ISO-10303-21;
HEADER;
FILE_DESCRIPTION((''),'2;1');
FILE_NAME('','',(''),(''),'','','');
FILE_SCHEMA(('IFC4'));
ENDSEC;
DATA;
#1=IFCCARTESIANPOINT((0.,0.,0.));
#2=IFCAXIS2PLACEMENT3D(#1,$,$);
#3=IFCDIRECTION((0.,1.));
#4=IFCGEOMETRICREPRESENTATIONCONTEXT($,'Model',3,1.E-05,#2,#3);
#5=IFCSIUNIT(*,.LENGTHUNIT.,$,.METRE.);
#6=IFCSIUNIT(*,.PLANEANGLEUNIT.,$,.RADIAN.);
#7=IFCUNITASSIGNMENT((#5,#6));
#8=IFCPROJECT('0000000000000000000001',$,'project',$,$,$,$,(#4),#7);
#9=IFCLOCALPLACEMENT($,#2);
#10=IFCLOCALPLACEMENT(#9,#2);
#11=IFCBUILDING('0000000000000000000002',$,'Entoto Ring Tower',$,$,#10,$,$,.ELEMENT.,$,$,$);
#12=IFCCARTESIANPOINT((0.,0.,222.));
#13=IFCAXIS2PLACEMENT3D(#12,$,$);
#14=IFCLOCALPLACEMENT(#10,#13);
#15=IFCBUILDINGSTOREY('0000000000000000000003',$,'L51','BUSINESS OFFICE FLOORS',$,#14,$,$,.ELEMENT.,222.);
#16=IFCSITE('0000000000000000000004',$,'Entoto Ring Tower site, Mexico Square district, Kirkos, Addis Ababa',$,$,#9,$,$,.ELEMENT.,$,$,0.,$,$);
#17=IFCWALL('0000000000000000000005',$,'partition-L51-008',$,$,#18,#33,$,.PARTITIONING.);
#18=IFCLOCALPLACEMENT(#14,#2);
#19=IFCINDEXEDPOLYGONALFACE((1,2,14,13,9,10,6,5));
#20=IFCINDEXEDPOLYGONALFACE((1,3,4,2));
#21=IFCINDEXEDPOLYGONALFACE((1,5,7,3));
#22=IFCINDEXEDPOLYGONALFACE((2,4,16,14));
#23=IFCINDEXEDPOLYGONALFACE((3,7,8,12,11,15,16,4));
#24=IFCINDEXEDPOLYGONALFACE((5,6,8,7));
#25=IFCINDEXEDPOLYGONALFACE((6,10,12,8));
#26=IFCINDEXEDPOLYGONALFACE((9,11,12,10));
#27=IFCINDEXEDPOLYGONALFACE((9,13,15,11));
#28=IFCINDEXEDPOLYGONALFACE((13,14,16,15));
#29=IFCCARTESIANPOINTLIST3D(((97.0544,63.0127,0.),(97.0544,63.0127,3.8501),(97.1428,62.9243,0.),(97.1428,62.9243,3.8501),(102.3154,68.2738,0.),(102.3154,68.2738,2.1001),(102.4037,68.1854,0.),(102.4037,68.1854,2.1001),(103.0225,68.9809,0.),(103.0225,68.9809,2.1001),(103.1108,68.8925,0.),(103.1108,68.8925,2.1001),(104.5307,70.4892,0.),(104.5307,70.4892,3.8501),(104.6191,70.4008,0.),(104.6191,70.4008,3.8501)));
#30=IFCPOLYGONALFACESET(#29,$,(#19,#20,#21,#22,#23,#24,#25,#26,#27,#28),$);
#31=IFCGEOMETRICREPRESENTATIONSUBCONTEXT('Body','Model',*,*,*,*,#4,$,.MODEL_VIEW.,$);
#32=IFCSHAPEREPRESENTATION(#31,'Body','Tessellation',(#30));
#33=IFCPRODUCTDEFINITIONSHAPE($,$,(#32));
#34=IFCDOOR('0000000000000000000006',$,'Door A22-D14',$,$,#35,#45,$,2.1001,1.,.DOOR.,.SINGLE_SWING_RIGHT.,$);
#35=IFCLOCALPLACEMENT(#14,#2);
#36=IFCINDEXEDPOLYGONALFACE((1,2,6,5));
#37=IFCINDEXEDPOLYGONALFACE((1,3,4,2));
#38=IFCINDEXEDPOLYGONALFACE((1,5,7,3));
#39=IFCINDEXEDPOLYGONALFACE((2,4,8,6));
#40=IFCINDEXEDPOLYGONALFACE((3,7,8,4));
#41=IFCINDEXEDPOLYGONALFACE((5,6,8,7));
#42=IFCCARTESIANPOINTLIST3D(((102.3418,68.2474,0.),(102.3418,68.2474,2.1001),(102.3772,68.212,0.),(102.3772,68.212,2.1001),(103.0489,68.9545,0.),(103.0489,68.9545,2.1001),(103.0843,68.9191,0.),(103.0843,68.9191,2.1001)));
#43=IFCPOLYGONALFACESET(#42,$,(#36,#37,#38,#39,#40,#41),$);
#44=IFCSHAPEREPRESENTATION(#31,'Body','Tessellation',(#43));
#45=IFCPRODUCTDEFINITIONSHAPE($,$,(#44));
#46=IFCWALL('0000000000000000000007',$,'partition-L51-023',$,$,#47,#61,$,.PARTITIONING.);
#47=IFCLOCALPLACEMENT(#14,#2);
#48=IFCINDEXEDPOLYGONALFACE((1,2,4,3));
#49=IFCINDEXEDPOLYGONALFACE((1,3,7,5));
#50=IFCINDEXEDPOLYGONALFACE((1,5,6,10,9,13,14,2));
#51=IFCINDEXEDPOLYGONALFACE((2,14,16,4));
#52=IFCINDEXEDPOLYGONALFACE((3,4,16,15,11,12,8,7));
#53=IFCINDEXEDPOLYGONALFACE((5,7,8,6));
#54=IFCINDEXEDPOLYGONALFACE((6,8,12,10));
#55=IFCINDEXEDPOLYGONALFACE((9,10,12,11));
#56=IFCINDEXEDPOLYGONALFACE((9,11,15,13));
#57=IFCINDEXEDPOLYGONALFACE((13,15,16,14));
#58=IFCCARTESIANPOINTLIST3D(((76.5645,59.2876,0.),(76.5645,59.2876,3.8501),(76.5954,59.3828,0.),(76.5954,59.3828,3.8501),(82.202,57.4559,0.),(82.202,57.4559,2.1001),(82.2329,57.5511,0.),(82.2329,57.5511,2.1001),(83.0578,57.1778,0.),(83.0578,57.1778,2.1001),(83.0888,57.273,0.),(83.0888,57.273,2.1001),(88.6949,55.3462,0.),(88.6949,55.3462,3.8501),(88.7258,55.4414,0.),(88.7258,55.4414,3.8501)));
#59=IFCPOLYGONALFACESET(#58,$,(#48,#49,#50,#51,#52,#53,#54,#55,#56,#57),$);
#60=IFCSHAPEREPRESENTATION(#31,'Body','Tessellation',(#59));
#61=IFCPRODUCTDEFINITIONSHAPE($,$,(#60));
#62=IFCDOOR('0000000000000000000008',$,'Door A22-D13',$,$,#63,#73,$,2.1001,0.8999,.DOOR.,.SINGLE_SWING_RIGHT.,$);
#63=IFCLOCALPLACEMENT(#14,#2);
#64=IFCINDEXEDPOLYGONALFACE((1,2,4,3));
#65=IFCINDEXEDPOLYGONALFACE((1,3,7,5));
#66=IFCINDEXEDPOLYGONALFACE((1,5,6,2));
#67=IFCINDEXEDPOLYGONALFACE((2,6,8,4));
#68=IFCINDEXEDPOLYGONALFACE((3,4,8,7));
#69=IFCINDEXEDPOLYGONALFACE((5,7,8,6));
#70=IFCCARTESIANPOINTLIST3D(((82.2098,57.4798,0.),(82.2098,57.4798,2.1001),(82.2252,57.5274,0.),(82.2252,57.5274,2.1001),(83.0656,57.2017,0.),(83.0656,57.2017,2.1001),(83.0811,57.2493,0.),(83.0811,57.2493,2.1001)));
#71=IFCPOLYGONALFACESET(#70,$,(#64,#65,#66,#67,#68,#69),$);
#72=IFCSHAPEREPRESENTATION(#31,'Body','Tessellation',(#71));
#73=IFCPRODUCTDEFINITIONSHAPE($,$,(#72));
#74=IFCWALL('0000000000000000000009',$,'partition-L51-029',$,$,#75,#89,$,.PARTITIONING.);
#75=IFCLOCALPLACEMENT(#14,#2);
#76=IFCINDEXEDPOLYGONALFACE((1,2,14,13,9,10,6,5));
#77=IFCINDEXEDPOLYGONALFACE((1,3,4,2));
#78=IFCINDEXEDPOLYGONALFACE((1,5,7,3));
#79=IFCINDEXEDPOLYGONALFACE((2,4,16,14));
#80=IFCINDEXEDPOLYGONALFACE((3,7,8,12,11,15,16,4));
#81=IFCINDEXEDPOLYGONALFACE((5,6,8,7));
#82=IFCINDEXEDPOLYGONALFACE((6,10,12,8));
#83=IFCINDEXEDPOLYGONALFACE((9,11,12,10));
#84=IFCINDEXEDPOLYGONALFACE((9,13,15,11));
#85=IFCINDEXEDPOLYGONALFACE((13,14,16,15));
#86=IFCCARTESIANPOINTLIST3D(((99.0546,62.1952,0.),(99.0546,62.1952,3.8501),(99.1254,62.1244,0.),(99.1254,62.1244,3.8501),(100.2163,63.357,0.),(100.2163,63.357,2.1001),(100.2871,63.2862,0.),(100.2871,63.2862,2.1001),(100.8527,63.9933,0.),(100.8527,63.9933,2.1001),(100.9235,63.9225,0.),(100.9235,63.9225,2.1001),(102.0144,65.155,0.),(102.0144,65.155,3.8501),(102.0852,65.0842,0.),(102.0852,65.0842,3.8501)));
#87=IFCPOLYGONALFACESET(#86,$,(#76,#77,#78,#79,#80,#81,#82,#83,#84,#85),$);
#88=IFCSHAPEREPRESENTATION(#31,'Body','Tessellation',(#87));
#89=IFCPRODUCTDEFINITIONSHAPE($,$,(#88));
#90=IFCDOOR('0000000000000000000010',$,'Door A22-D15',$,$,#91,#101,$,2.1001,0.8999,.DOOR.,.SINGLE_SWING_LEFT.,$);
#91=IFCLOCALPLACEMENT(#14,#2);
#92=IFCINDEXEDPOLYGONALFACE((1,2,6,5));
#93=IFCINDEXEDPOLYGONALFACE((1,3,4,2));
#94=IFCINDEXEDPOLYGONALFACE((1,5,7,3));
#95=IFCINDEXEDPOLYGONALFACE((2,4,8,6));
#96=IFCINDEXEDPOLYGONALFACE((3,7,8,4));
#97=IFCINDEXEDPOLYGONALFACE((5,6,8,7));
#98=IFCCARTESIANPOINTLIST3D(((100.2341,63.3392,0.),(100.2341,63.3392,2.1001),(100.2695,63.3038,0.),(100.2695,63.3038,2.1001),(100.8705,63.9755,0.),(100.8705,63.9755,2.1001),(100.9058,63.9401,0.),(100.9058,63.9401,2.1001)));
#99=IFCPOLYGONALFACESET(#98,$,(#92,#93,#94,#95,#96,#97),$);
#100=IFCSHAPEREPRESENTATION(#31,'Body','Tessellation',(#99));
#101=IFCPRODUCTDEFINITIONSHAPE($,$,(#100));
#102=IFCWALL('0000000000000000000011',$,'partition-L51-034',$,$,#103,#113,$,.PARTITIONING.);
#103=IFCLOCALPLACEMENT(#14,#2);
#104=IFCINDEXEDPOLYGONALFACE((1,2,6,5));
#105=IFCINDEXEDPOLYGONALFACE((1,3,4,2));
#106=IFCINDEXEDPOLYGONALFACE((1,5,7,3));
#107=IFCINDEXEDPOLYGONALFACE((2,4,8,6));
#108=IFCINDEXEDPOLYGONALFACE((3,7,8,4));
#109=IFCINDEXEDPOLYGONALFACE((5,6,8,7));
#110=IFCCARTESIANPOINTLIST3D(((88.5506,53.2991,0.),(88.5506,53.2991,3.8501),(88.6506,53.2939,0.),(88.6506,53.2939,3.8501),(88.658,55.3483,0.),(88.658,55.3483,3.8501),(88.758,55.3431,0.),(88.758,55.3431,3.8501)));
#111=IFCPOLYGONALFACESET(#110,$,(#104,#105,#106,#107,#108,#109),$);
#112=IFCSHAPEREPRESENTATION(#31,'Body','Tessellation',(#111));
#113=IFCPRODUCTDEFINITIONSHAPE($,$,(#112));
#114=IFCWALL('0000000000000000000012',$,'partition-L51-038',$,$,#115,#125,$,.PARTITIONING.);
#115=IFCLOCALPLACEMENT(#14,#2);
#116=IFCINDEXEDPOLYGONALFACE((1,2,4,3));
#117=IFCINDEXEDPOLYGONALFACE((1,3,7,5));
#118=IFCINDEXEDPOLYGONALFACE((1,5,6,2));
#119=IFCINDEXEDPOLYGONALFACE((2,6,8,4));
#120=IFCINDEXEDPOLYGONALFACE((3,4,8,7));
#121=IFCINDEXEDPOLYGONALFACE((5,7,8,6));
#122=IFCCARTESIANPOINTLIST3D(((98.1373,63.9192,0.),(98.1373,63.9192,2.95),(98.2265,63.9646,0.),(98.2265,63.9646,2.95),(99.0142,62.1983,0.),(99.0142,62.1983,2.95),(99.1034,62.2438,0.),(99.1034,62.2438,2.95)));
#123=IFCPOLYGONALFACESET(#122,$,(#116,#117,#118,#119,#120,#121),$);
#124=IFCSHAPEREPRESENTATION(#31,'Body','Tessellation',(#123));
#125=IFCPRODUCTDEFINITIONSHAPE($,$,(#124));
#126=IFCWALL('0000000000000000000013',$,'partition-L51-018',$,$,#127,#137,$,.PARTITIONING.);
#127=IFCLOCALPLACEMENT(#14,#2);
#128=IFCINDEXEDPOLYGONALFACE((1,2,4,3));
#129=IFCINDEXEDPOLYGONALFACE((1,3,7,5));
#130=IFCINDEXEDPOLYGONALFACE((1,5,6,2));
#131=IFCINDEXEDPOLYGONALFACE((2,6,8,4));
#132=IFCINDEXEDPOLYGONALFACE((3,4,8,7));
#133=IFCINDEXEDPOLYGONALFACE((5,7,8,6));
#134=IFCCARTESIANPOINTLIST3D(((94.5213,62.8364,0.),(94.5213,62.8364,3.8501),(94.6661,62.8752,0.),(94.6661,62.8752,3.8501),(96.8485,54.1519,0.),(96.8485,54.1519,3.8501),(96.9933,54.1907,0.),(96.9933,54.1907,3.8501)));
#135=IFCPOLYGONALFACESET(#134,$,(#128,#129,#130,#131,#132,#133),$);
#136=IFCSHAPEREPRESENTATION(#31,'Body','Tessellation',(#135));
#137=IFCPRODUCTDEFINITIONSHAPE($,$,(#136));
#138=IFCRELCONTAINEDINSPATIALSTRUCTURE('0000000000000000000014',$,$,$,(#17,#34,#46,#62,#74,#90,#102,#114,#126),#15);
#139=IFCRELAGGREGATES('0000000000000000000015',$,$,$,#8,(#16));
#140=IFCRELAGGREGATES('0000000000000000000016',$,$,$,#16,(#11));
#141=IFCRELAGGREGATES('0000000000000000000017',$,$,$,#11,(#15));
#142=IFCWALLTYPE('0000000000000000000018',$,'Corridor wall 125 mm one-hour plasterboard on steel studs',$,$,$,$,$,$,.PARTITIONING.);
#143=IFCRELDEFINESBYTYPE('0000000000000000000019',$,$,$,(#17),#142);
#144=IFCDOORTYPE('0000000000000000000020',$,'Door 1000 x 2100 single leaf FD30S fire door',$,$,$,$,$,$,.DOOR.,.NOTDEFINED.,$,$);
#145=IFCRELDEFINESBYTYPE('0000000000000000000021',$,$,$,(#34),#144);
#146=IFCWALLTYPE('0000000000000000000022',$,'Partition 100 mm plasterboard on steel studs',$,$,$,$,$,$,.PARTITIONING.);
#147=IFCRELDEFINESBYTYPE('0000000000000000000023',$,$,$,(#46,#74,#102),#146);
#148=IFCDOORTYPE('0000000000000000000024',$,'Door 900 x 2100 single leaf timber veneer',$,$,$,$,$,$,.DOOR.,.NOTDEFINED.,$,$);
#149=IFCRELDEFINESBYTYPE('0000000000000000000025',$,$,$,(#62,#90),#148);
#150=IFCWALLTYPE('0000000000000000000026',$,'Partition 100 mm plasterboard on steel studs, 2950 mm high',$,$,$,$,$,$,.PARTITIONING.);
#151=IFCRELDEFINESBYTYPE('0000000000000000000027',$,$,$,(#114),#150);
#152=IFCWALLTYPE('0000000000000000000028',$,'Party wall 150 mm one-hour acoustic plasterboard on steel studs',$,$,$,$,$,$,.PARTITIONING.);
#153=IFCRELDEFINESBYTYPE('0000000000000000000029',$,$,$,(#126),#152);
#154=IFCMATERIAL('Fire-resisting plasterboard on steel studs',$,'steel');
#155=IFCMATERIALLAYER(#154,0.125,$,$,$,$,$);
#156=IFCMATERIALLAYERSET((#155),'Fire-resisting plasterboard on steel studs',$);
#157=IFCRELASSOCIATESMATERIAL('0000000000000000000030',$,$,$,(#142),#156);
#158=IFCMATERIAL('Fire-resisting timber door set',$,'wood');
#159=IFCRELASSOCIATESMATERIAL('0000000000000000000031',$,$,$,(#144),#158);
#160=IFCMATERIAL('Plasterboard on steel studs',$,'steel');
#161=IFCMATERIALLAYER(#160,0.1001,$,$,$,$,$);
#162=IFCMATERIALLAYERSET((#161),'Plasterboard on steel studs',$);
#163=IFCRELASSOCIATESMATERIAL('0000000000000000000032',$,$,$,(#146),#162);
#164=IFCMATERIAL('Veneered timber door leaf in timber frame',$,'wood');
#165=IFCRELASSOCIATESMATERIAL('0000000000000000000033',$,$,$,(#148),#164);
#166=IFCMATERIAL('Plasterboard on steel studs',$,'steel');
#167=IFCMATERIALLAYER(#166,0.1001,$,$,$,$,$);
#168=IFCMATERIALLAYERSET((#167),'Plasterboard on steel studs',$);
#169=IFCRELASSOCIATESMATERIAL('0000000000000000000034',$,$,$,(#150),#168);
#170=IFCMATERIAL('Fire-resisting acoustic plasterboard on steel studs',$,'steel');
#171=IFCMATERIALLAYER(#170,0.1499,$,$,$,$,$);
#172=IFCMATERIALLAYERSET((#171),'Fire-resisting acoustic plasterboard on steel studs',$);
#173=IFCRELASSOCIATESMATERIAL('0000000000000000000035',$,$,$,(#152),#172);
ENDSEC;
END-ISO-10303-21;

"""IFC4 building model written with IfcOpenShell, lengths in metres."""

from ifc_helpers import new_model, si_unit, direction, frame, frame_2d, origin, place, context, subcontext, project, spatial, rectangle, extrude, material, layer, layer_set, type_object, element, fill, save


model = new_model("IFC4")

# Units and contexts
model_context = context("Model", 3, precision=1e-05, world=origin(), true_north=direction((0.0, 1.0)))
body_context = subcontext(model_context, "Body", "Model", "MODEL_VIEW")
ifc_project = project(units=[si_unit("LENGTHUNIT", "METRE"), si_unit("PLANEANGLEUNIT", "RADIAN")], contexts=[model_context])

# Site, building, storey
site_placement = place(None, origin())
site = spatial("IfcSite", under=ifc_project, at=site_placement, Name="Entoto Ring Tower site, Mexico Square district, Kirkos, Addis Ababa", CompositionType="ELEMENT", RefElevation=0.0)
building_placement = place(site_placement, origin())
building = spatial("IfcBuilding", under=site, at=building_placement, Name="Entoto Ring Tower", CompositionType="ELEMENT")
storey_placement = place(building_placement, frame((0.0, 0.0, 222.0)))
storey = spatial("IfcBuildingStorey", under=building, at=storey_placement, Name="L51", Description="BUSINESS OFFICE FLOORS", CompositionType="ELEMENT", Elevation=222.0)

# Walls, openings, doors
ifc_material_1 = material(Name="Fire-resisting plasterboard on steel studs", Category="steel")
ifc_layer_1 = layer(ifc_material_1, 0.125)
ifc_layer_set_1 = layer_set([ifc_layer_1], Name="Fire-resisting plasterboard on steel studs")
wall_type_1 = type_object("IfcWallType", Name="Corridor wall 125 mm one-hour plasterboard on steel studs", PredefinedType="PARTITIONING", material=ifc_layer_set_1)
wall_1_placement = place(storey_placement, frame((97.0986, 62.9685, 0.0), z_axis=(0.0, 0.0, 1.0), x_axis=(0.707095, 0.707118, 0.0)))
wall_1 = element("IfcWall", 1, at=wall_1_placement, inside=storey, type_object=wall_type_1, Name="partition-L51-008", PredefinedType="PARTITIONING", context=body_context, shape_type="SweptSolid", body=[
    extrude(rectangle(XDim=10.5732, YDim=0.125, at=frame_2d((5.2866, 0.0))), origin(), (0.0, 0.0, 1.0), 3.8501),
])
opening_1_placement = place(wall_1_placement, frame((7.4402, 0.0, 0.0)))
opening_1 = element("IfcOpeningElement", 2, at=opening_1_placement, cuts=wall_1, PredefinedType="OPENING", context=body_context, shape_type="SweptSolid", body=[
    extrude(rectangle(XDim=1.0, YDim=2.1001, at=frame_2d((0.5, 1.05))), frame((0.0, 0.0725, 0.0), z_axis=(0.0, -1.0, 0.0), x_axis=(1.0, 0.0, 0.0)), (0.0, 0.0, 1.0), 0.145),
])
ifc_material_2 = material(Name="Fire-resisting timber door set", Category="wood")
door_type_1 = type_object("IfcDoorType", Name="Door 1000 x 2100 single leaf FD30S fire door", OperationType="NOTDEFINED", PredefinedType="DOOR", material=ifc_material_2)
door_1_placement = place(opening_1_placement, frame((1.0, 0.0, 0.0), z_axis=(0.0, 0.0, 1.0), x_axis=(-1.0, 0.0, 0.0)))
door_1 = element("IfcDoor", 3, at=door_1_placement, inside=storey, type_object=door_type_1, Name="Door A22-D14", OperationType="SINGLE_SWING_RIGHT", OverallHeight=2.1001, OverallWidth=1.0, PredefinedType="DOOR", context=body_context, shape_type="SweptSolid", body=[
    extrude(rectangle(XDim=1.0, YDim=2.1001, at=frame_2d((0.5, 1.05))), frame((0.0, 0.0249, 0.0), z_axis=(0.0, -1.0, 0.0), x_axis=(1.0, 0.0, 0.0)), (0.0, 0.0, 1.0), 0.05),
])
fill(opening_1, door_1)
ifc_material_3 = material(Name="Plasterboard on steel studs", Category="steel")
ifc_layer_2 = layer(ifc_material_3, 0.1001)
ifc_layer_set_2 = layer_set([ifc_layer_2], Name="Plasterboard on steel studs")
wall_type_2 = type_object("IfcWallType", Name="Partition 100 mm plasterboard on steel studs", PredefinedType="PARTITIONING", material=ifc_layer_set_2)
wall_2_placement = place(storey_placement, frame((88.7104, 55.3938, 0.0), z_axis=(0.0, 0.0, 1.0), x_axis=(-0.951056, 0.309018, 0.0)))
wall_2 = element("IfcWall", 4, at=wall_2_placement, inside=storey, type_object=wall_type_2, Name="partition-L51-023", PredefinedType="PARTITIONING", context=body_context, shape_type="SweptSolid", body=[
    extrude(rectangle(XDim=12.7546, YDim=0.1001, at=frame_2d((6.3774, 0.0))), origin(), (0.0, 0.0, 1.0), 3.8501),
])
opening_2_placement = place(wall_2_placement, frame((5.9272, 0.0, 0.0)))
opening_2 = element("IfcOpeningElement", 5, at=opening_2_placement, cuts=wall_2, PredefinedType="OPENING", context=body_context, shape_type="SweptSolid", body=[
    extrude(rectangle(XDim=0.8999, YDim=2.1001, at=frame_2d((0.45, 1.05))), frame((0.0, 0.0601, 0.0), z_axis=(0.0, -1.0, 0.0), x_axis=(1.0, 0.0, 0.0)), (0.0, 0.0, 1.0), 0.1201),
])
ifc_material_4 = material(Name="Veneered timber door leaf in timber frame", Category="wood")
door_type_2 = type_object("IfcDoorType", Name="Door 900 x 2100 single leaf timber veneer", OperationType="NOTDEFINED", PredefinedType="DOOR", material=ifc_material_4)
door_2_placement = place(opening_2_placement, origin())
door_2 = element("IfcDoor", 6, at=door_2_placement, inside=storey, type_object=door_type_2, Name="Door A22-D13", OperationType="SINGLE_SWING_RIGHT", OverallHeight=2.1001, OverallWidth=0.8999, PredefinedType="DOOR", context=body_context, shape_type="SweptSolid", body=[
    extrude(rectangle(XDim=0.8999, YDim=2.1001, at=frame_2d((0.45, 1.05))), frame((0.0, 0.0249, 0.0), z_axis=(0.0, -1.0, 0.0), x_axis=(1.0, 0.0, 0.0)), (0.0, 0.0, 1.0), 0.05),
])
fill(opening_2, door_2)
wall_3_placement = place(storey_placement, frame((99.0901, 62.1599, 0.0), z_axis=(0.0, 0.0, 1.0), x_axis=(0.707107, 0.707107, 0.0)))
wall_3 = element("IfcWall", 7, at=wall_3_placement, inside=storey, type_object=wall_type_2, Name="partition-L51-029", PredefinedType="PARTITIONING", context=body_context, shape_type="SweptSolid", body=[
    extrude(rectangle(XDim=4.1858, YDim=0.1001, at=frame_2d((2.0928, 0.0))), origin(), (0.0, 0.0, 1.0), 3.8501),
])
opening_3_placement = place(wall_3_placement, frame((1.6428, 0.0, 0.0)))
opening_3 = element("IfcOpeningElement", 8, at=opening_3_placement, cuts=wall_3, PredefinedType="OPENING", context=body_context, shape_type="SweptSolid", body=[
    extrude(rectangle(XDim=0.8999, YDim=2.1001, at=frame_2d((0.45, 1.05))), frame((0.0, 0.0601, 0.0), z_axis=(0.0, -1.0, 0.0), x_axis=(1.0, 0.0, 0.0)), (0.0, 0.0, 1.0), 0.1201),
])
door_3_placement = place(opening_3_placement, origin())
door_3 = element("IfcDoor", 9, at=door_3_placement, inside=storey, type_object=door_type_2, Name="Door A22-D15", OperationType="SINGLE_SWING_LEFT", OverallHeight=2.1001, OverallWidth=0.8999, PredefinedType="DOOR", context=body_context, shape_type="SweptSolid", body=[
    extrude(rectangle(XDim=0.8999, YDim=2.1001, at=frame_2d((0.45, 1.05))), frame((0.0, 0.0249, 0.0), z_axis=(0.0, -1.0, 0.0), x_axis=(1.0, 0.0, 0.0)), (0.0, 0.0, 1.0), 0.05),
])
fill(opening_3, door_3)

# Walls
wall_4_placement = place(storey_placement, frame((88.6006, 53.2966, 0.0), z_axis=(0.0, 0.0, 1.0), x_axis=(0.052353, 0.998629, 0.0)))
element("IfcWall", 10, at=wall_4_placement, inside=storey, type_object=wall_type_2, Name="partition-L51-034", PredefinedType="PARTITIONING", context=body_context, shape_type="SweptSolid", body=[
    extrude(rectangle(XDim=2.052, YDim=0.1001, at=frame_2d((1.0259, 0.0))), origin(), (0.0, 0.0, 1.0), 3.8501),
])
ifc_material_5 = material(Name="Plasterboard on steel studs", Category="steel")
ifc_layer_3 = layer(ifc_material_5, 0.1001)
ifc_layer_set_3 = layer_set([ifc_layer_3], Name="Plasterboard on steel studs")
wall_type_3 = type_object("IfcWallType", Name="Partition 100 mm plasterboard on steel studs, 2950 mm high", PredefinedType="PARTITIONING", material=ifc_layer_set_3)
wall_5_placement = place(storey_placement, frame((99.0588, 62.2209, 0.0), z_axis=(0.0, 0.0, 1.0), x_axis=(-0.454026, 0.890988, 0.0)))
element("IfcWall", 11, at=wall_5_placement, inside=storey, type_object=wall_type_3, Name="partition-L51-038", PredefinedType="PARTITIONING", context=body_context, shape_type="SweptSolid", body=[
    extrude(rectangle(XDim=1.9314, YDim=0.1001, at=frame_2d((0.9658, 0.0))), origin(), (0.0, 0.0, 1.0), 2.95),
])
ifc_material_6 = material(Name="Fire-resisting acoustic plasterboard on steel studs", Category="steel")
ifc_layer_4 = layer(ifc_material_6, 0.1499)
ifc_layer_set_4 = layer_set([ifc_layer_4], Name="Fire-resisting acoustic plasterboard on steel studs")
wall_type_4 = type_object("IfcWallType", Name="Party wall 150 mm one-hour acoustic plasterboard on steel studs", PredefinedType="PARTITIONING", material=ifc_layer_set_4)
wall_6_placement = place(storey_placement, frame((96.9209, 54.1711, 0.0), z_axis=(0.0, 0.0, 1.0), x_axis=(-0.258832, 0.965922, 0.0)))
element("IfcWall", 12, at=wall_6_placement, inside=storey, type_object=wall_type_4, Name="partition-L51-018", PredefinedType="PARTITIONING", context=body_context, shape_type="SweptSolid", body=[
    extrude(rectangle(XDim=8.991, YDim=0.1499, at=frame_2d((4.4956, 0.0))), origin(), (0.0, 0.0, 1.0), 3.8501),
])

save(model, "model.ifc")
